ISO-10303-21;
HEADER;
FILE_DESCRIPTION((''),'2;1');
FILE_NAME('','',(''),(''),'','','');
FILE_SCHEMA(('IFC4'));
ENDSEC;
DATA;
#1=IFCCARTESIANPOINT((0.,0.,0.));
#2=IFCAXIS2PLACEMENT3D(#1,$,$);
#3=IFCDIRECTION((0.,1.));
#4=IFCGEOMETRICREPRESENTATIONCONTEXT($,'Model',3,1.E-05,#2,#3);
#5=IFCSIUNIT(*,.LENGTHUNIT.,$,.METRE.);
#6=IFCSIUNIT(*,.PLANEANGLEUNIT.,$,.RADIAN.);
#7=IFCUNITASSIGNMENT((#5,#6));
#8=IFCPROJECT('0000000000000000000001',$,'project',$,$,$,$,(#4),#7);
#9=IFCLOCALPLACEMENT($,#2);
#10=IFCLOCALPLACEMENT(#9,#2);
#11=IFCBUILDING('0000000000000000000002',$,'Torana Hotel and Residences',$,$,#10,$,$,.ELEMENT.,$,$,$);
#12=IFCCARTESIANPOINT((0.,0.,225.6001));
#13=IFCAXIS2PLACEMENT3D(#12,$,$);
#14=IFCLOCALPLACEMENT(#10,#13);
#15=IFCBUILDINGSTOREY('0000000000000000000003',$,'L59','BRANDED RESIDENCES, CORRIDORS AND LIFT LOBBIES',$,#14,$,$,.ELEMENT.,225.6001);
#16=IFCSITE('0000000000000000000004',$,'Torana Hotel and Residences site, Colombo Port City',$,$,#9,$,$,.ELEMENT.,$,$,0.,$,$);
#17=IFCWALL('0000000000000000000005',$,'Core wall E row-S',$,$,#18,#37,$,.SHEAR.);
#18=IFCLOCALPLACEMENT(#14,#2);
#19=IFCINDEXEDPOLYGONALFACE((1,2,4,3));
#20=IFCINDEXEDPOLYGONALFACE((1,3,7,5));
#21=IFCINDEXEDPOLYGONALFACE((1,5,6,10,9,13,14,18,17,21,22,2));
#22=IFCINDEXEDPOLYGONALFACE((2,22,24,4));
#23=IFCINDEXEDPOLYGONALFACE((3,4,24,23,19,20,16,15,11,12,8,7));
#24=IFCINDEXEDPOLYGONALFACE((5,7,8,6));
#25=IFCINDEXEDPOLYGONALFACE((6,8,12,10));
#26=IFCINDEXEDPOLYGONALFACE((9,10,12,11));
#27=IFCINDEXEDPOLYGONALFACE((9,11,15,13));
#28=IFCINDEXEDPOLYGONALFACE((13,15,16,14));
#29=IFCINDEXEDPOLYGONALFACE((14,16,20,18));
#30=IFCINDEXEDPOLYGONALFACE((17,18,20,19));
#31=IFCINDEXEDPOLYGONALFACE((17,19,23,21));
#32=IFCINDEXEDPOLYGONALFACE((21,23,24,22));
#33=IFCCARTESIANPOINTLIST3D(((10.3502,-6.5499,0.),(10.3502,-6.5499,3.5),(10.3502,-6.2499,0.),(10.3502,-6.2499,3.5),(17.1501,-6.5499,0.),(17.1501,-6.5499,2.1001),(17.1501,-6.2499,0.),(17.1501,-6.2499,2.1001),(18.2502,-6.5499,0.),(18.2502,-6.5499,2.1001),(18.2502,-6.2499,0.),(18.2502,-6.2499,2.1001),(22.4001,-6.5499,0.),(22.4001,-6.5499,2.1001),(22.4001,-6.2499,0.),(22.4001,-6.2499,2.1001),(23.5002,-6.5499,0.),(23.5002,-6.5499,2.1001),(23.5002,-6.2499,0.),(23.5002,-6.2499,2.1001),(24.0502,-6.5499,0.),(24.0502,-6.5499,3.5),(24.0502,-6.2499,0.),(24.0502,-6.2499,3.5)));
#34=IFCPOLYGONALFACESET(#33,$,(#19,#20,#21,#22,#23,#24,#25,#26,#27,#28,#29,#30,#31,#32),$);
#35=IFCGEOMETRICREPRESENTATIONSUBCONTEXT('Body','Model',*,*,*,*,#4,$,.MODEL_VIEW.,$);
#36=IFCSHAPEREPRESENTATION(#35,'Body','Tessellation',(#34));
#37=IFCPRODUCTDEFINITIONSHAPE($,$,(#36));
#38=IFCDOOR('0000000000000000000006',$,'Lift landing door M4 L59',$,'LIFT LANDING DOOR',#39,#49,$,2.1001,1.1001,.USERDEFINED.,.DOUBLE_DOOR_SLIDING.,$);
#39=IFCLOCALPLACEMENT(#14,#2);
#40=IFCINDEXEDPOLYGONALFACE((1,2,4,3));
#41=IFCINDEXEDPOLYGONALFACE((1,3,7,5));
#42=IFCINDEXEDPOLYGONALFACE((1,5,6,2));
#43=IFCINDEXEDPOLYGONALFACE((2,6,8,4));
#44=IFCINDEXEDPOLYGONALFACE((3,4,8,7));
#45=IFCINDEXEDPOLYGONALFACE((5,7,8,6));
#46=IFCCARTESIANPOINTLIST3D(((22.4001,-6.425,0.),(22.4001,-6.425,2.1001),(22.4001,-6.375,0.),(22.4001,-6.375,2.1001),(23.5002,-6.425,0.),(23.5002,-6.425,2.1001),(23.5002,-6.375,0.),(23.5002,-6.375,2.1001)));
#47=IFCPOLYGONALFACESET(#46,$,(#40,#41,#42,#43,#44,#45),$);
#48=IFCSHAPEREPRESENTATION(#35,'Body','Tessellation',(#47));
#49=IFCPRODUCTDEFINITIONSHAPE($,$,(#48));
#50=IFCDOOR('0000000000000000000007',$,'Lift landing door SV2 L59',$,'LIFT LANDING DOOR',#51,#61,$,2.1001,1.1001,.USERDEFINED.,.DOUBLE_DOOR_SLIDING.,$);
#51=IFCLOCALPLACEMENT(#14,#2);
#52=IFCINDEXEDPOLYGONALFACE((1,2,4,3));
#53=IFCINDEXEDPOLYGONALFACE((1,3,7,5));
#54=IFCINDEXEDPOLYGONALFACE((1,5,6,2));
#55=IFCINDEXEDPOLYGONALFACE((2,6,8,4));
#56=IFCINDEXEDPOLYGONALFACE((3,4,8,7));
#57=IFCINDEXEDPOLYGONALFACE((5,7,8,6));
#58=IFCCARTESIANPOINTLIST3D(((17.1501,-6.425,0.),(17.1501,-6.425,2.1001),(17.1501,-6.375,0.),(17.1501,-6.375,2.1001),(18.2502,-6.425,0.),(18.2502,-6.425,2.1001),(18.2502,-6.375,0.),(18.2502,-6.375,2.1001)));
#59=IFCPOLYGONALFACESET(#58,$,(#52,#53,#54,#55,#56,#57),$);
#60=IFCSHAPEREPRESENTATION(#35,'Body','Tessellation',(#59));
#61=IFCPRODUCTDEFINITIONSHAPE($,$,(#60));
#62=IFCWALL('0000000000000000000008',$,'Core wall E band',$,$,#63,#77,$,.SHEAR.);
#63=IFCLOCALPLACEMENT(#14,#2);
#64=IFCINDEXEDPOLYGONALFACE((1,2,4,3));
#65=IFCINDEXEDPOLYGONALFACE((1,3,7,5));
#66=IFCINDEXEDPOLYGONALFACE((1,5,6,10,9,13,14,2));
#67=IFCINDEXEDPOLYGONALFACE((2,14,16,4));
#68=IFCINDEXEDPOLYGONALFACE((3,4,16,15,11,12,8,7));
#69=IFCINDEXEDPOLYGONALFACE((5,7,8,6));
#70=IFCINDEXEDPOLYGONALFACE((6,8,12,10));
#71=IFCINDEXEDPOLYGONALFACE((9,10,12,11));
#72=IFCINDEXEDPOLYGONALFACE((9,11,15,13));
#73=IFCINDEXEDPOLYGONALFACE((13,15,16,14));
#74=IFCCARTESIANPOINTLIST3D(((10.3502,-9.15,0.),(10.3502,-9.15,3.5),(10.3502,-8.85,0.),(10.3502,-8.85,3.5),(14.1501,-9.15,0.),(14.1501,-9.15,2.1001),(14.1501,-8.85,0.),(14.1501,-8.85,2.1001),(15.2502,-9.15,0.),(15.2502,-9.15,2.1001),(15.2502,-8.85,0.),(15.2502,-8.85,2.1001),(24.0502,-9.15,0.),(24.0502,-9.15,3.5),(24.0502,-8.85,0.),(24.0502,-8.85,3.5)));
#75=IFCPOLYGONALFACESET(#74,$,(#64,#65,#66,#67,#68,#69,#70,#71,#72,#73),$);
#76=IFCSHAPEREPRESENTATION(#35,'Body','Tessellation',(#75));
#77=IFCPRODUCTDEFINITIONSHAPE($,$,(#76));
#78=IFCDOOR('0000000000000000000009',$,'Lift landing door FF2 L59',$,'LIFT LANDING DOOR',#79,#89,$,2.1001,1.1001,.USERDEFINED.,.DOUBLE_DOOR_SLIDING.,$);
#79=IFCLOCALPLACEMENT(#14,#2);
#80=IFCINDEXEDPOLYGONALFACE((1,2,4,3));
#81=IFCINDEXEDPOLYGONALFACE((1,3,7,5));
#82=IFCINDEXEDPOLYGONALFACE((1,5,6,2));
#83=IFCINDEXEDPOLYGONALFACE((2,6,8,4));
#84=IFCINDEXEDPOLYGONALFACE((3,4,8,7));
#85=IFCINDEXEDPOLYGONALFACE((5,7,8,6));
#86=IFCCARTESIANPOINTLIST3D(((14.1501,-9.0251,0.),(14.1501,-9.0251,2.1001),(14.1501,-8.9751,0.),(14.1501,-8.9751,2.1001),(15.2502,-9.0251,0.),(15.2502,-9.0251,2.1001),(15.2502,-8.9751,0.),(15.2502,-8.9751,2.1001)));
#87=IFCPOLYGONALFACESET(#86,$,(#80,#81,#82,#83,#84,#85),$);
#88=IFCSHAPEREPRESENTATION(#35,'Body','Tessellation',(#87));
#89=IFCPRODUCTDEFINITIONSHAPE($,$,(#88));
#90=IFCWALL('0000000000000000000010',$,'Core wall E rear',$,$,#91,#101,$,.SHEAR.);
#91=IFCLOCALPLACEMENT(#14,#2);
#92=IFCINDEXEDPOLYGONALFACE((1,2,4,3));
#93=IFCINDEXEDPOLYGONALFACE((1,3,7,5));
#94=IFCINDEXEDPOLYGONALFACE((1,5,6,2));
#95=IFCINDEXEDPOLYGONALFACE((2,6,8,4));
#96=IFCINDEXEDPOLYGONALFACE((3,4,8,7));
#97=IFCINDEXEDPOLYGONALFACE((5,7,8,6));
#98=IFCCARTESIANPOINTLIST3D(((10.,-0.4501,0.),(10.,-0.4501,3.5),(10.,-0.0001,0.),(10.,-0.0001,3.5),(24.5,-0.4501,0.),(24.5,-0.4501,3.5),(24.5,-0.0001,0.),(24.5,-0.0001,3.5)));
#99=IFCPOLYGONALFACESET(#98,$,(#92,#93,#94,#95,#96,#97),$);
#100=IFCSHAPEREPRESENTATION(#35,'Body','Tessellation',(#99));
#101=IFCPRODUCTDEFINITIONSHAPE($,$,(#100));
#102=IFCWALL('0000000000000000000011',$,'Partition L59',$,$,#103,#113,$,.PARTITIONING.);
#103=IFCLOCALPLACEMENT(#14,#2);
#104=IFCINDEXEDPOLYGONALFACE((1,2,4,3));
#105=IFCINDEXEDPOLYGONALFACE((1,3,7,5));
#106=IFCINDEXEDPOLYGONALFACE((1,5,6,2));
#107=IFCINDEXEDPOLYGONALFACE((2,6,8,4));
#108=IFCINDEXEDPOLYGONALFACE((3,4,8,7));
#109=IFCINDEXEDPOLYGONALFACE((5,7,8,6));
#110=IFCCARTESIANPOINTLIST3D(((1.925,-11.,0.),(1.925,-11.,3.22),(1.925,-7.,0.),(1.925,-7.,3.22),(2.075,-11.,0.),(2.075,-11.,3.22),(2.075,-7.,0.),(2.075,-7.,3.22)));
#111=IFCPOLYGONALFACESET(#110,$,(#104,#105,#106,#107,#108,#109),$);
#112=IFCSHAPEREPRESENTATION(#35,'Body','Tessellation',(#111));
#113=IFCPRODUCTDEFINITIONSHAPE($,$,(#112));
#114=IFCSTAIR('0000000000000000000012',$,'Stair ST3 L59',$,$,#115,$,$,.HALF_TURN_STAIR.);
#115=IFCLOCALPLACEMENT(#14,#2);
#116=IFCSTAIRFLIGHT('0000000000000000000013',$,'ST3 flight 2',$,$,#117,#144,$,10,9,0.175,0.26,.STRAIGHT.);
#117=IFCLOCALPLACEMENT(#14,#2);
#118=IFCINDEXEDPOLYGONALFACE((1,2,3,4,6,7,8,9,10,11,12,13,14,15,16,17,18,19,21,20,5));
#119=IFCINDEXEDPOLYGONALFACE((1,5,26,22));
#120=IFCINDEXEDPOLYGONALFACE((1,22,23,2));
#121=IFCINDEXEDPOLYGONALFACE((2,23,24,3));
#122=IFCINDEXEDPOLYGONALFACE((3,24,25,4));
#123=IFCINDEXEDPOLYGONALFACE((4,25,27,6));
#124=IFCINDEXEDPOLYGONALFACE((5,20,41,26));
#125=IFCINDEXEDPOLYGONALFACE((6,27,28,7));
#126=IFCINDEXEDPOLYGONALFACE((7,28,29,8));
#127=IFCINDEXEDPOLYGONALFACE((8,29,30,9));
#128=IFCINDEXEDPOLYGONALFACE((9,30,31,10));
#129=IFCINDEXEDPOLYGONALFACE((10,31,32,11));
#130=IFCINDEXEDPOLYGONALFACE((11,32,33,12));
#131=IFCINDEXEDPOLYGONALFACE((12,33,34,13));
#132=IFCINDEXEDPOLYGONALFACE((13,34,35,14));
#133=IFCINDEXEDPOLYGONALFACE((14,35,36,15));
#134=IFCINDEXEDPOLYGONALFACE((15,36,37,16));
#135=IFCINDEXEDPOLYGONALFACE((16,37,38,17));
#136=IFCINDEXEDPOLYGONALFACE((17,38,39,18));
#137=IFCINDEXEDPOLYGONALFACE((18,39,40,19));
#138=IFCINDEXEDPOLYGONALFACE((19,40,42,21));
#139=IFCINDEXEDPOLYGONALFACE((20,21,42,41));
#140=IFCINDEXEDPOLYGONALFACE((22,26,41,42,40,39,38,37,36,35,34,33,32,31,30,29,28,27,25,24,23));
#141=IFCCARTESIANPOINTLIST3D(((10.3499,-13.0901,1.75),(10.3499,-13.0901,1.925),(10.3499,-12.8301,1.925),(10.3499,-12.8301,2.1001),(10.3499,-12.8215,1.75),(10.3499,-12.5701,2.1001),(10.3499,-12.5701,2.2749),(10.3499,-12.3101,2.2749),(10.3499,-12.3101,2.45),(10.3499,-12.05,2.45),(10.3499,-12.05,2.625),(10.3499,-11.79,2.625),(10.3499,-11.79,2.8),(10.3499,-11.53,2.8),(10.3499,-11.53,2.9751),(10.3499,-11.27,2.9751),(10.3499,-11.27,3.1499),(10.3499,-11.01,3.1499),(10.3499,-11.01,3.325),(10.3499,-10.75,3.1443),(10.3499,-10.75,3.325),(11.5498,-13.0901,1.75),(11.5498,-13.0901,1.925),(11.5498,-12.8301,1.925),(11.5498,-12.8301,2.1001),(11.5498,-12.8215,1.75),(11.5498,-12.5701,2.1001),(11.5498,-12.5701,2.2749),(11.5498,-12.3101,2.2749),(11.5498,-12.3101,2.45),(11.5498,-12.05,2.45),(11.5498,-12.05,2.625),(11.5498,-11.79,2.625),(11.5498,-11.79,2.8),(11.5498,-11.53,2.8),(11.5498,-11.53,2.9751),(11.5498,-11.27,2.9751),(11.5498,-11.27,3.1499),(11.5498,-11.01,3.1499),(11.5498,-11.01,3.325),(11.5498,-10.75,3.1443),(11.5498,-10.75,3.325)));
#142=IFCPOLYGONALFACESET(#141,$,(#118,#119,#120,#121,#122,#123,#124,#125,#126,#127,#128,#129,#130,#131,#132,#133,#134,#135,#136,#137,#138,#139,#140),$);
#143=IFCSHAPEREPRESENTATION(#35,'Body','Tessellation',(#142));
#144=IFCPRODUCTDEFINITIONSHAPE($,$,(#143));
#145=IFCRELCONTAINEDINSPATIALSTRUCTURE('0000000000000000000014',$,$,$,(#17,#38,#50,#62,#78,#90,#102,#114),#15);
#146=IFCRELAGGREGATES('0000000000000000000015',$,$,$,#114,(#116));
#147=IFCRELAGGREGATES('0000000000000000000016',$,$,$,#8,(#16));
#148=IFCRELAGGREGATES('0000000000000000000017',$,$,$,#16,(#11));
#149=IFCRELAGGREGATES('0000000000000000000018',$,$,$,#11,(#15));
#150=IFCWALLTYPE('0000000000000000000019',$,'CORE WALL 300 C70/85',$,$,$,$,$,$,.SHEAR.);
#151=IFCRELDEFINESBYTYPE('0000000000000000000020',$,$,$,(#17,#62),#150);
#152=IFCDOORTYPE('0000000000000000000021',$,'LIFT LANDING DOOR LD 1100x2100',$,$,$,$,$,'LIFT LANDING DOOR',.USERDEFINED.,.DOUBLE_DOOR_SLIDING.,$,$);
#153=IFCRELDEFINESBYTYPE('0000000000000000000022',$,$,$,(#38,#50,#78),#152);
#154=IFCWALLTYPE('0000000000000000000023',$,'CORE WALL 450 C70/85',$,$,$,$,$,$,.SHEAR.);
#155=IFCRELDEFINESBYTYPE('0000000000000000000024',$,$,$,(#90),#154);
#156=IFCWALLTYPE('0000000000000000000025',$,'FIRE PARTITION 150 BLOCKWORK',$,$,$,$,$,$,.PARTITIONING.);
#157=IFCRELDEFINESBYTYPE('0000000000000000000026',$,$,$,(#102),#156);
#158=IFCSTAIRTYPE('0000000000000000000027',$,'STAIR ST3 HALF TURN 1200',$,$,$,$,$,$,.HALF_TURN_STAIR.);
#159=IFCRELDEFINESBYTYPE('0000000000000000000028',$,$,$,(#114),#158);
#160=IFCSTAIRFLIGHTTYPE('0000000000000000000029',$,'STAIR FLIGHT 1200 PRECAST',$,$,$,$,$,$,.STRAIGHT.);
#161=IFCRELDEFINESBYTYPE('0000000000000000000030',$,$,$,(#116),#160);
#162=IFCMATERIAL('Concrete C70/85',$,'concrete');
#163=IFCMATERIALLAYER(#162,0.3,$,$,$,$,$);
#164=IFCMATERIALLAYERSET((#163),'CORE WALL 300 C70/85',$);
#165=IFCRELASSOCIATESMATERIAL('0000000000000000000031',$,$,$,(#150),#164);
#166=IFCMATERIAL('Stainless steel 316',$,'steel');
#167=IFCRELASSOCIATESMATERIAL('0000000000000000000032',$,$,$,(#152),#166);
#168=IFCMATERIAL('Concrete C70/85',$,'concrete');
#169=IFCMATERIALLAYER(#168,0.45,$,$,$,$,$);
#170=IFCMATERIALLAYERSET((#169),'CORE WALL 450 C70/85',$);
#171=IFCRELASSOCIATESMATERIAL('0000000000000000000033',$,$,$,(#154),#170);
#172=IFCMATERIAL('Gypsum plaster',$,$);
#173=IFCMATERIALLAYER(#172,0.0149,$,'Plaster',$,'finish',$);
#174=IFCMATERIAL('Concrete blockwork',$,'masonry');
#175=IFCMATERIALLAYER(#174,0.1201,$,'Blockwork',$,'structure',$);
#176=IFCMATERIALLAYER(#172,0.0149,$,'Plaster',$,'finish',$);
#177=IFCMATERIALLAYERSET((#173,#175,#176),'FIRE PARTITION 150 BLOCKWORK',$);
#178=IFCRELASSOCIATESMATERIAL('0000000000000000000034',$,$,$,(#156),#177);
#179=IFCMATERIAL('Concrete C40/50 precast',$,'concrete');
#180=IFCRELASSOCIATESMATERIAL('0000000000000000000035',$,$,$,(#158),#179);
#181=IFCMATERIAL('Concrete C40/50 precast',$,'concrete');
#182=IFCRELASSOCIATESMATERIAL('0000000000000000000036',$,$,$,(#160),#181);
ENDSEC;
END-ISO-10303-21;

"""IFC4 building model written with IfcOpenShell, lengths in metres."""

from ifc_helpers import new_model, si_unit, direction, frame, frame_2d, origin, place, context, subcontext, project, spatial, polyline, rectangle, outline, extrude, material, layer, layer_set, type_object, element, fill, aggregate, save


model = new_model("IFC4")

# Units and contexts
model_context = context("Model", 3, precision=1e-05, world=origin(), true_north=direction((0.0, 1.0)))
body_context = subcontext(model_context, "Body", "Model", "MODEL_VIEW")
ifc_project = project(units=[si_unit("LENGTHUNIT", "METRE"), si_unit("PLANEANGLEUNIT", "RADIAN")], contexts=[model_context])

# Site, building, storey
site_placement = place(None, origin())
site = spatial("IfcSite", under=ifc_project, at=site_placement, Name="Torana Hotel and Residences site, Colombo Port City", CompositionType="ELEMENT", RefElevation=0.0)
building_placement = place(site_placement, origin())
building = spatial("IfcBuilding", under=site, at=building_placement, Name="Torana Hotel and Residences", CompositionType="ELEMENT")
storey_placement = place(building_placement, frame((0.0, 0.0, 225.6001)))
storey = spatial("IfcBuildingStorey", under=building, at=storey_placement, Name="L59", Description="BRANDED RESIDENCES, CORRIDORS AND LIFT LOBBIES", CompositionType="ELEMENT", Elevation=225.6001)

# Wall, openings, doors
ifc_material_1 = material(Name="Concrete C70/85", Category="concrete")
ifc_layer_1 = layer(ifc_material_1, 0.3)
ifc_layer_set_1 = layer_set([ifc_layer_1], Name="CORE WALL 300 C70/85")
wall_type_1 = type_object("IfcWallType", Name="CORE WALL 300 C70/85", PredefinedType="SHEAR", material=ifc_layer_set_1)
ifc_material_2 = material(Name="Stainless steel 316", Category="steel")
door_type_1 = type_object("IfcDoorType", Name="LIFT LANDING DOOR LD 1100x2100", ElementType="LIFT LANDING DOOR", OperationType="DOUBLE_DOOR_SLIDING", PredefinedType="USERDEFINED", material=ifc_material_2)
wall_1_placement = place(storey_placement, frame((10.3501, -6.3999, 0.0), z_axis=(0.0, 0.0, 1.0), x_axis=(1.0, 0.0, 0.0)))
wall_1 = element("IfcWall", 1, at=wall_1_placement, inside=storey, type_object=wall_type_1, Name="Core wall E row-S", PredefinedType="SHEAR", context=body_context, shape_type="SweptSolid", body=[
    extrude(rectangle(XDim=13.7, YDim=0.3, at=frame_2d((6.8501, 0.0))), origin(), (0.0, 0.0, 1.0), 3.5),
])
opening_1_placement = place(wall_1_placement, frame((12.05, 0.0, 0.0)))
opening_1 = element("IfcOpeningElement", 2, at=opening_1_placement, cuts=wall_1, PredefinedType="OPENING", context=body_context, shape_type="SweptSolid", body=[
    extrude(rectangle(XDim=1.1001, YDim=2.1001, at=frame_2d((0.55, 1.05))), frame((0.0, 0.1599, 0.0), z_axis=(0.0, -1.0, 0.0), x_axis=(1.0, 0.0, 0.0)), (0.0, 0.0, 1.0), 0.3201),
])
opening_2_placement = place(wall_1_placement, frame((6.8, 0.0, 0.0)))
opening_2 = element("IfcOpeningElement", 3, at=opening_2_placement, cuts=wall_1, PredefinedType="OPENING", context=body_context, shape_type="SweptSolid", body=[
    extrude(rectangle(XDim=1.1001, YDim=2.1001, at=frame_2d((0.55, 1.05))), frame((0.0, 0.1599, 0.0), z_axis=(0.0, -1.0, 0.0), x_axis=(1.0, 0.0, 0.0)), (0.0, 0.0, 1.0), 0.3201),
])
door_1_placement = place(opening_1_placement, origin())
door_1 = element("IfcDoor", 4, at=door_1_placement, inside=storey, type_object=door_type_1, Name="Lift landing door M4 L59", ObjectType="LIFT LANDING DOOR", OperationType="DOUBLE_DOOR_SLIDING", OverallHeight=2.1001, OverallWidth=1.1001, PredefinedType="USERDEFINED", context=body_context, shape_type="SweptSolid", body=[
    extrude(rectangle(XDim=1.1001, YDim=2.1001, at=frame_2d((0.55, 1.05))), frame((0.0, 0.0249, 0.0), z_axis=(0.0, -1.0, 0.0), x_axis=(1.0, 0.0, 0.0)), (0.0, 0.0, 1.0), 0.05),
])
fill(opening_1, door_1)
door_2_placement = place(opening_2_placement, origin())
door_2 = element("IfcDoor", 5, at=door_2_placement, inside=storey, type_object=door_type_1, Name="Lift landing door SV2 L59", ObjectType="LIFT LANDING DOOR", OperationType="DOUBLE_DOOR_SLIDING", OverallHeight=2.1001, OverallWidth=1.1001, PredefinedType="USERDEFINED", context=body_context, shape_type="SweptSolid", body=[
    extrude(rectangle(XDim=1.1001, YDim=2.1001, at=frame_2d((0.55, 1.05))), frame((0.0, 0.0249, 0.0), z_axis=(0.0, -1.0, 0.0), x_axis=(1.0, 0.0, 0.0)), (0.0, 0.0, 1.0), 0.05),
])
fill(opening_2, door_2)

# Wall, opening, door
wall_2_placement = place(storey_placement, frame((10.3501, -9.0, 0.0), z_axis=(0.0, 0.0, 1.0), x_axis=(1.0, 0.0, 0.0)))
wall_2 = element("IfcWall", 6, at=wall_2_placement, inside=storey, type_object=wall_type_1, Name="Core wall E band", PredefinedType="SHEAR", context=body_context, shape_type="SweptSolid", body=[
    extrude(rectangle(XDim=13.7, YDim=0.3, at=frame_2d((6.8501, 0.0))), origin(), (0.0, 0.0, 1.0), 3.5),
])
opening_3_placement = place(wall_2_placement, frame((3.8, 0.0, 0.0)))
opening_3 = element("IfcOpeningElement", 7, at=opening_3_placement, cuts=wall_2, PredefinedType="OPENING", context=body_context, shape_type="SweptSolid", body=[
    extrude(rectangle(XDim=1.1001, YDim=2.1001, at=frame_2d((0.55, 1.05))), frame((0.0, 0.1599, 0.0), z_axis=(0.0, -1.0, 0.0), x_axis=(1.0, 0.0, 0.0)), (0.0, 0.0, 1.0), 0.3201),
])
door_3_placement = place(opening_3_placement, origin())
door_3 = element("IfcDoor", 8, at=door_3_placement, inside=storey, type_object=door_type_1, Name="Lift landing door FF2 L59", ObjectType="LIFT LANDING DOOR", OperationType="DOUBLE_DOOR_SLIDING", OverallHeight=2.1001, OverallWidth=1.1001, PredefinedType="USERDEFINED", context=body_context, shape_type="SweptSolid", body=[
    extrude(rectangle(XDim=1.1001, YDim=2.1001, at=frame_2d((0.55, 1.05))), frame((0.0, 0.0249, 0.0), z_axis=(0.0, -1.0, 0.0), x_axis=(1.0, 0.0, 0.0)), (0.0, 0.0, 1.0), 0.05),
])
fill(opening_3, door_3)

# Walls
ifc_material_3 = material(Name="Concrete C70/85", Category="concrete")
ifc_layer_2 = layer(ifc_material_3, 0.45)
ifc_layer_set_2 = layer_set([ifc_layer_2], Name="CORE WALL 450 C70/85")
wall_type_2 = type_object("IfcWallType", Name="CORE WALL 450 C70/85", PredefinedType="SHEAR", material=ifc_layer_set_2)
wall_3_placement = place(storey_placement, frame((10.0, -0.2251, 0.0), z_axis=(0.0, 0.0, 1.0), x_axis=(1.0, 0.0, 0.0)))
element("IfcWall", 9, at=wall_3_placement, inside=storey, type_object=wall_type_2, Name="Core wall E rear", PredefinedType="SHEAR", context=body_context, shape_type="SweptSolid", body=[
    extrude(rectangle(XDim=14.5, YDim=0.45, at=frame_2d((7.25, 0.0))), origin(), (0.0, 0.0, 1.0), 3.5),
])
ifc_material_4 = material(Name="Gypsum plaster")
ifc_layer_3 = layer(ifc_material_4, 0.0149, Name="Plaster", Category="finish")
ifc_material_5 = material(Name="Concrete blockwork", Category="masonry")
ifc_layer_4 = layer(ifc_material_5, 0.1201, Name="Blockwork", Category="structure")
ifc_layer_5 = layer(ifc_material_4, 0.0149, Name="Plaster", Category="finish")
ifc_layer_set_3 = layer_set([ifc_layer_3, ifc_layer_4, ifc_layer_5], Name="FIRE PARTITION 150 BLOCKWORK")
wall_type_3 = type_object("IfcWallType", Name="FIRE PARTITION 150 BLOCKWORK", PredefinedType="PARTITIONING", material=ifc_layer_set_3)
wall_4_placement = place(storey_placement, frame((2.0, -11.0, 0.0), z_axis=(0.0, 0.0, 1.0), x_axis=(0.0, 1.0, 0.0)))
element("IfcWall", 10, at=wall_4_placement, inside=storey, type_object=wall_type_3, Name="Partition L59", PredefinedType="PARTITIONING", context=body_context, shape_type="SweptSolid", body=[
    extrude(rectangle(XDim=4.0, YDim=0.1499, at=frame_2d((2.0, 0.0))), origin(), (0.0, 0.0, 1.0), 3.22),
])

# Stair, stair flight
ifc_material_6 = material(Name="Concrete C40/50 precast", Category="concrete")
stair_type = type_object("IfcStairType", Name="STAIR ST3 HALF TURN 1200", PredefinedType="HALF_TURN_STAIR", material=ifc_material_6)
stair_placement = place(storey_placement, origin())
stair = element("IfcStair", 11, at=stair_placement, inside=storey, type_object=stair_type, Name="Stair ST3 L59", PredefinedType="HALF_TURN_STAIR")
ifc_material_7 = material(Name="Concrete C40/50 precast", Category="concrete")
stair_flight_type = type_object("IfcStairFlightType", Name="STAIR FLIGHT 1200 PRECAST", PredefinedType="STRAIGHT", material=ifc_material_7)
stair_flight_placement = place(storey_placement, frame((10.95, -13.0901, 1.75), z_axis=(0.0, 0.0, 1.0), x_axis=(0.0, 1.0, 0.0)))
stair_flight = element("IfcStairFlight", 12, at=stair_flight_placement, type_object=stair_flight_type, Name="ST3 flight 2", NumberOfRisers=10, NumberOfTreads=9, PredefinedType="STRAIGHT", RiserHeight=0.175, TreadLength=0.26, context=body_context, shape_type="SweptSolid", body=[
    extrude(outline(polyline([(0.0, 0.0), (0.0, 0.175), (0.26, 0.175), (0.26, 0.3501), (0.52, 0.3501), (0.52, 0.5249), (0.78, 0.5249), (0.78, 0.7), (1.04, 0.7), (1.04, 0.875), (1.3, 0.875), (1.3, 1.05), (1.5601, 1.05), (1.5601, 1.2251), (1.8201, 1.2251), (1.8201, 1.3999), (2.0801, 1.3999), (2.0801, 1.575), (2.3401, 1.575), (2.3401, 1.75), (2.3401, 1.3943), (0.2686, 0.0), (0.0, 0.0)])), frame((0.0, 0.6001, 0.0), z_axis=(0.0, -1.0, 0.0), x_axis=(1.0, 0.0, 0.0)), (0.0, 0.0, 1.0), 1.2),
])
aggregate(stair, [stair_flight])

save(model, "model.ifc")
